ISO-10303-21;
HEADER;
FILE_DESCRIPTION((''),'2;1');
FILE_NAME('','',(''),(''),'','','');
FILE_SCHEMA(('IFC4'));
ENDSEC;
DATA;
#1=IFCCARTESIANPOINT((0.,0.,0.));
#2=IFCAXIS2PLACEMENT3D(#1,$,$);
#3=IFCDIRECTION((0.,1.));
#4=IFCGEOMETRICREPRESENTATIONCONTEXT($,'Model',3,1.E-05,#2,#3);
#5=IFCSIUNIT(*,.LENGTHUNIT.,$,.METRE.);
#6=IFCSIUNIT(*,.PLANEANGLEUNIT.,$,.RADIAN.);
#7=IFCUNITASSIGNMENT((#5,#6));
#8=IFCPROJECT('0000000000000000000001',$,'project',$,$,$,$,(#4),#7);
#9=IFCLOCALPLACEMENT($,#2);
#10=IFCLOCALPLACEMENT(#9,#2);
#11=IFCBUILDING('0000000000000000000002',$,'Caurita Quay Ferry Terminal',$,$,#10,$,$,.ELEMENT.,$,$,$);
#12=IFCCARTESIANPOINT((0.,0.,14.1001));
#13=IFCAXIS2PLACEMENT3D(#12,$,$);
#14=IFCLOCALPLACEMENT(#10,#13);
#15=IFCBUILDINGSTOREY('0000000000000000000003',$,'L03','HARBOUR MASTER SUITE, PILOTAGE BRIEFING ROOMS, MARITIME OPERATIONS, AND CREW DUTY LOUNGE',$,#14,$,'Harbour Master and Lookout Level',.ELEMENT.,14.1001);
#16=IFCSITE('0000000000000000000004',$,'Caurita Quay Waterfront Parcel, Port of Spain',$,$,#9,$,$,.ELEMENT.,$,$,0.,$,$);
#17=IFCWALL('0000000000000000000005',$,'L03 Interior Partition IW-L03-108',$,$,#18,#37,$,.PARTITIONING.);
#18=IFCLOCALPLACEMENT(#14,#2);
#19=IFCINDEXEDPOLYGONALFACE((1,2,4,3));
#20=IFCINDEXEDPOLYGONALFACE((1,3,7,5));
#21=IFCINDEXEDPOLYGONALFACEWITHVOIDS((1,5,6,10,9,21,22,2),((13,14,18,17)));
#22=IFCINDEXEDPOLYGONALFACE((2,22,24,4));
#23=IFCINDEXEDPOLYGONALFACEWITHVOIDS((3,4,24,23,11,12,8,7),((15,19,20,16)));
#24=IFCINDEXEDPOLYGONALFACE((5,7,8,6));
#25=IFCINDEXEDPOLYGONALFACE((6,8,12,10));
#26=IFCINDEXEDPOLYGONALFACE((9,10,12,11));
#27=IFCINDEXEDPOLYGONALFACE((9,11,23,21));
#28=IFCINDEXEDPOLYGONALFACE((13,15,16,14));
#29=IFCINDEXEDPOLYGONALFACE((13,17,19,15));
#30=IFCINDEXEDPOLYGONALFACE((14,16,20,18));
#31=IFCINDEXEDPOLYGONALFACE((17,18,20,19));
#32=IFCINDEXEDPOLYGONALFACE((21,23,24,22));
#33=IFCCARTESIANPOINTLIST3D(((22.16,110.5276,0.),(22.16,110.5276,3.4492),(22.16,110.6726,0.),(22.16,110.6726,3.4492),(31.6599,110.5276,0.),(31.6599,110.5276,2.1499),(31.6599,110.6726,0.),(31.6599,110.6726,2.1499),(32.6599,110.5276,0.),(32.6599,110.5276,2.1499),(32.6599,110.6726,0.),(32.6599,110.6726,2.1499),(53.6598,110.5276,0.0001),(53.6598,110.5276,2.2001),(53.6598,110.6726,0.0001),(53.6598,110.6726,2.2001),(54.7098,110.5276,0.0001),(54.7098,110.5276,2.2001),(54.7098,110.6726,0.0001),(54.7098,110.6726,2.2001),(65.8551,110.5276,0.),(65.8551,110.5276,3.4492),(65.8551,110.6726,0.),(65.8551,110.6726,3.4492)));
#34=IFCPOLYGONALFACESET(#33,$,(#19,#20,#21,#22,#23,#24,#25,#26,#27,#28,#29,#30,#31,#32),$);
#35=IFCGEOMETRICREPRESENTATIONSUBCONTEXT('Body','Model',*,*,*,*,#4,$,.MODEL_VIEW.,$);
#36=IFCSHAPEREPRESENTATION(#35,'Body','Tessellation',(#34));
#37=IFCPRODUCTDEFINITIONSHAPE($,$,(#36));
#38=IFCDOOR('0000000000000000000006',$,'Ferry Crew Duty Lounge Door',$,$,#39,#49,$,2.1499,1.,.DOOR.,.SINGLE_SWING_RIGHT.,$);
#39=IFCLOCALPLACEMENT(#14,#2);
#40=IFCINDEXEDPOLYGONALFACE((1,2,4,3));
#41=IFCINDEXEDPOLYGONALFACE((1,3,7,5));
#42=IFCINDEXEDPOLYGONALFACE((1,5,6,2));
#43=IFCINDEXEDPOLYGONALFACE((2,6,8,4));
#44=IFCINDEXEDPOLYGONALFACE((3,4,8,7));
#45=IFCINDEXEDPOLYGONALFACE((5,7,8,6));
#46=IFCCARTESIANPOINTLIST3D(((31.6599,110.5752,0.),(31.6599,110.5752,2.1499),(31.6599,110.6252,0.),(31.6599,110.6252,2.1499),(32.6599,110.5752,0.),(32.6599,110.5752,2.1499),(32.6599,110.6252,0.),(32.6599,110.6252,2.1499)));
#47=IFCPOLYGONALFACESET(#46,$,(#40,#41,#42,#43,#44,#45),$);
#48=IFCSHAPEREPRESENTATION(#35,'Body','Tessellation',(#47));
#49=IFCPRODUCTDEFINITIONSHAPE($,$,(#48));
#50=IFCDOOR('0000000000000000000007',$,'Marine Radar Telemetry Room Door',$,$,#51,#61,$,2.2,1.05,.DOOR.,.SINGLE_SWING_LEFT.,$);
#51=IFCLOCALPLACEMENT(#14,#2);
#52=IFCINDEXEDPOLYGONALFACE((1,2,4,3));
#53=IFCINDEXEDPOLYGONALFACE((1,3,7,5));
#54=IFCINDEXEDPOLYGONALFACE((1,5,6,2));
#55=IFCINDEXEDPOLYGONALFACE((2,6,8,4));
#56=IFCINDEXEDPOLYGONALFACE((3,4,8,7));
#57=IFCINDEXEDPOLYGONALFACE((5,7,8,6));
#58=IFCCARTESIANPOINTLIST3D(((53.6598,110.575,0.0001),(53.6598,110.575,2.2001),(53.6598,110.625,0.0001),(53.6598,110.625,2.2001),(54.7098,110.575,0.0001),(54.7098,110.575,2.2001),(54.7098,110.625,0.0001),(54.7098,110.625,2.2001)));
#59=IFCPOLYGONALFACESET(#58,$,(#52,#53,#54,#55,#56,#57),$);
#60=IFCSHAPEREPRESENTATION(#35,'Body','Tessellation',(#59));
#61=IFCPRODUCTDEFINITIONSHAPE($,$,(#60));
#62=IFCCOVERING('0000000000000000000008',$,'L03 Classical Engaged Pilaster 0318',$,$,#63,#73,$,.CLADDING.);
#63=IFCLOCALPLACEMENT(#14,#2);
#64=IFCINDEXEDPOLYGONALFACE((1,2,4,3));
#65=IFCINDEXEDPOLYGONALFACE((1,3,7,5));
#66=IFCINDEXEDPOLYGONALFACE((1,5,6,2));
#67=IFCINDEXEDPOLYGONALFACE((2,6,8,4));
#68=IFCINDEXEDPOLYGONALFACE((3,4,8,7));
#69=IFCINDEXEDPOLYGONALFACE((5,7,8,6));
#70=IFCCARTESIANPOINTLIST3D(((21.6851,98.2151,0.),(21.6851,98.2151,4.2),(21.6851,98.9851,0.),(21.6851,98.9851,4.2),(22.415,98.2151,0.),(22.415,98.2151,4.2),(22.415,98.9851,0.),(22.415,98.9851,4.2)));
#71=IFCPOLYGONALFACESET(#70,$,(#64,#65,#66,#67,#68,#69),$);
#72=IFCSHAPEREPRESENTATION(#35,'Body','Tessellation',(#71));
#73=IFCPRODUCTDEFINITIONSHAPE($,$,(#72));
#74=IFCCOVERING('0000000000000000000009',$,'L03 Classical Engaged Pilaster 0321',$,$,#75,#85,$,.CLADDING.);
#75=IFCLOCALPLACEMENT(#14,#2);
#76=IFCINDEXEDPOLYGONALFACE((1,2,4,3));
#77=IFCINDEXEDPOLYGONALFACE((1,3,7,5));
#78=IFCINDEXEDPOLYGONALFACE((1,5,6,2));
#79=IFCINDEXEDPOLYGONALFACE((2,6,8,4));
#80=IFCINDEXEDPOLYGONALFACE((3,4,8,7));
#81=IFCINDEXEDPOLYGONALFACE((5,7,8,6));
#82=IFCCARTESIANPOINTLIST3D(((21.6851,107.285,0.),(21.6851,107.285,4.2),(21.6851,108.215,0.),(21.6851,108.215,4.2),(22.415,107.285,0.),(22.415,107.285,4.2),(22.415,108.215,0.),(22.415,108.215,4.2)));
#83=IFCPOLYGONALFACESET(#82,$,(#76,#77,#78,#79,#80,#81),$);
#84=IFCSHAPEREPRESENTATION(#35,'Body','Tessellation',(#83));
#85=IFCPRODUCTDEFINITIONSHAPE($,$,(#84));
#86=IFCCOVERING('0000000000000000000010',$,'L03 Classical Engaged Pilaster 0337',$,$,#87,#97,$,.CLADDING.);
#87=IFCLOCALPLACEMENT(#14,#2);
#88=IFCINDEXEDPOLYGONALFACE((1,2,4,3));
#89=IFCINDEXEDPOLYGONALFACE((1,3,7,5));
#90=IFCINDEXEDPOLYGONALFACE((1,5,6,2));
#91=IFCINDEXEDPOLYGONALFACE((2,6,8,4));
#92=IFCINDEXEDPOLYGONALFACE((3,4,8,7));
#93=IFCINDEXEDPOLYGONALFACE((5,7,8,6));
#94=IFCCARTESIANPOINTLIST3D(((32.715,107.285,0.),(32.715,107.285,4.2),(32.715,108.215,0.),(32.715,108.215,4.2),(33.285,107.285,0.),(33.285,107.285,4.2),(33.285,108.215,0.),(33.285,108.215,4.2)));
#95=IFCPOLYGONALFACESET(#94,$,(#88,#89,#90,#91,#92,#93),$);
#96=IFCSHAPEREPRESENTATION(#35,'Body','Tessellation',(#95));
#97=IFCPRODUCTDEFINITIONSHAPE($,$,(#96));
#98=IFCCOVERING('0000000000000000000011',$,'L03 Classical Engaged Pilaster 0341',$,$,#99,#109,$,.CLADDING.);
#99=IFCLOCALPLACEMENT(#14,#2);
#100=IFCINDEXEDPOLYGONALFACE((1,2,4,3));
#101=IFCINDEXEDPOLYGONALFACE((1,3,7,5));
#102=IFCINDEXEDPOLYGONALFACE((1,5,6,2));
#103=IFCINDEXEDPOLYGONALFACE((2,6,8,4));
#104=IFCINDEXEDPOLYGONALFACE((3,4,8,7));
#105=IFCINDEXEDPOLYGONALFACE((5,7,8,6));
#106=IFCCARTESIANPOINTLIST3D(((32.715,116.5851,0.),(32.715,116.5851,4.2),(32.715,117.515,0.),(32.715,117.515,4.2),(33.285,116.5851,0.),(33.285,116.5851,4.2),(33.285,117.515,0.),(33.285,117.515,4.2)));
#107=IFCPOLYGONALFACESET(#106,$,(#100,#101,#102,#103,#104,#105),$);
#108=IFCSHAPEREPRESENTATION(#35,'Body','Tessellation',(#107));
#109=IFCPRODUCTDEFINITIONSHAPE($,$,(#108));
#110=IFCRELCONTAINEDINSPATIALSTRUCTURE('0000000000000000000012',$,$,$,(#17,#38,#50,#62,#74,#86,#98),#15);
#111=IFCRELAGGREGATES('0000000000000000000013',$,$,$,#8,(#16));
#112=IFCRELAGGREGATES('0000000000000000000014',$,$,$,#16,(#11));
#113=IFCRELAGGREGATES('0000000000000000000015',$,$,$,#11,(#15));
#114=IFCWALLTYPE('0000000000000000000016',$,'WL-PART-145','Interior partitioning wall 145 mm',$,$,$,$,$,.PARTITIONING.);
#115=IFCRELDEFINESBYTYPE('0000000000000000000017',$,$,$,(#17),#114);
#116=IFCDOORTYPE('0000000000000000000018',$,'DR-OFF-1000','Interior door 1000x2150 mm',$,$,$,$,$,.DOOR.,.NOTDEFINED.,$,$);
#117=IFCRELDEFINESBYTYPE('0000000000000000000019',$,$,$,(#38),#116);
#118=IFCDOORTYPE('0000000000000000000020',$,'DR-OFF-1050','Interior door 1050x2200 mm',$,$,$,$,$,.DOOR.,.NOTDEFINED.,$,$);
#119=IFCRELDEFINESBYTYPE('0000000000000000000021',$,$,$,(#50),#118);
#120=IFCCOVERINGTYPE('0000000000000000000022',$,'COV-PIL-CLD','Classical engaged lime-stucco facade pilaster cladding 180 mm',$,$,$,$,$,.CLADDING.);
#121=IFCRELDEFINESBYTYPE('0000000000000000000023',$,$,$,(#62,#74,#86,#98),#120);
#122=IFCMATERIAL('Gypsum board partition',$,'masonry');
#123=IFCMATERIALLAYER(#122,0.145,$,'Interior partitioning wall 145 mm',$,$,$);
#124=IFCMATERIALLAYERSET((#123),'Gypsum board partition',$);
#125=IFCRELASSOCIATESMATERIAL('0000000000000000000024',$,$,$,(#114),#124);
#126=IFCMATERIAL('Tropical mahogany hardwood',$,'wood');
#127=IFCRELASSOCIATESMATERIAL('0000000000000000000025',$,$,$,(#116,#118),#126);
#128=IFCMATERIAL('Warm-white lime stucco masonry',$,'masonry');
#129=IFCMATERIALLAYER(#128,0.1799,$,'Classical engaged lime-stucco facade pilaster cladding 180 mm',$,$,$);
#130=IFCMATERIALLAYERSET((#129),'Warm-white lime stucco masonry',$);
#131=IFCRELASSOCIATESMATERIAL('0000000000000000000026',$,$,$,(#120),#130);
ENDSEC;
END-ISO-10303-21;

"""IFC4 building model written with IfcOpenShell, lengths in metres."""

from ifc_helpers import new_model, si_unit, direction, frame, frame_2d, origin, origin_2d, place, context, subcontext, project, spatial, rectangle, extrude, material, layer, layer_set, type_object, element, fill, save


model = new_model("IFC4")

# Units and contexts
model_context = context("Model", 3, precision=1e-05, world=origin(), true_north=direction((0.0, 1.0)))
body_context = subcontext(model_context, "Body", "Model", "MODEL_VIEW")
ifc_project = project(units=[si_unit("LENGTHUNIT", "METRE"), si_unit("PLANEANGLEUNIT", "RADIAN")], contexts=[model_context])

# Site, building, storey
site_placement = place(None, origin())
site = spatial("IfcSite", under=ifc_project, at=site_placement, Name="Caurita Quay Waterfront Parcel, Port of Spain", CompositionType="ELEMENT", RefElevation=0.0)
building_placement = place(site_placement, origin())
building = spatial("IfcBuilding", under=site, at=building_placement, Name="Caurita Quay Ferry Terminal", CompositionType="ELEMENT")
storey_placement = place(building_placement, frame((0.0, 0.0, 14.1001)))
storey = spatial("IfcBuildingStorey", under=building, at=storey_placement, Name="L03", Description="HARBOUR MASTER SUITE, PILOTAGE BRIEFING ROOMS, MARITIME OPERATIONS, AND CREW DUTY LOUNGE", LongName="Harbour Master and Lookout Level", CompositionType="ELEMENT", Elevation=14.1001)

# Shared definitions
ifc_material_1 = material(Name="Warm-white lime stucco masonry", Category="masonry")

# Wall, openings, doors
ifc_material_2 = material(Name="Gypsum board partition", Category="masonry")
ifc_layer_1 = layer(ifc_material_2, 0.145, Name="Interior partitioning wall 145 mm")
ifc_layer_set_1 = layer_set([ifc_layer_1], Name="Gypsum board partition")
wall_type_1 = type_object("IfcWallType", Name="WL-PART-145", Description="Interior partitioning wall 145 mm", PredefinedType="PARTITIONING", material=ifc_layer_set_1)
wall_1_placement = place(storey_placement, frame((22.1599, 110.6001, 0.0), z_axis=(0.0, 0.0, 1.0), x_axis=(1.0, 0.0, 0.0)))
wall_1 = element("IfcWall", 1, at=wall_1_placement, inside=storey, type_object=wall_type_1, Name="L03 Interior Partition IW-L03-108", PredefinedType="PARTITIONING", context=body_context, shape_type="SweptSolid", body=[
    extrude(rectangle(XDim=43.6951, YDim=0.145, at=frame_2d((21.8477, 0.0))), origin(), (0.0, 0.0, 1.0), 3.4492),
])
opening_1_placement = place(wall_1_placement, frame((9.5, 0.0, 0.0)))
opening_1 = element("IfcOpeningElement", 2, at=opening_1_placement, cuts=wall_1, PredefinedType="OPENING", context=body_context, shape_type="SweptSolid", body=[
    extrude(rectangle(XDim=1.0, YDim=2.1499, at=frame_2d((0.5, 1.075))), frame((0.0, 0.0825, 0.0), z_axis=(0.0, -1.0, 0.0), x_axis=(1.0, 0.0, 0.0)), (0.0, 0.0, 1.0), 0.165),
])
opening_2_placement = place(wall_1_placement, frame((31.5, 0.0, 0.0)))
opening_2 = element("IfcOpeningElement", 3, at=opening_2_placement, cuts=wall_1, PredefinedType="OPENING", context=body_context, shape_type="SweptSolid", body=[
    extrude(rectangle(XDim=1.05, YDim=2.2, at=frame_2d((0.5249, 1.1001))), frame((0.0, 0.0825, 0.0), z_axis=(0.0, -1.0, 0.0), x_axis=(1.0, 0.0, 0.0)), (0.0, 0.0, 1.0), 0.165),
])
ifc_material_3 = material(Name="Tropical mahogany hardwood", Category="wood")
door_type_1 = type_object("IfcDoorType", Name="DR-OFF-1000", Description="Interior door 1000x2150 mm", OperationType="NOTDEFINED", PredefinedType="DOOR", material=ifc_material_3)
door_1_placement = place(opening_1_placement, frame((1.0, 0.0, 0.0), z_axis=(0.0, 0.0, 1.0), x_axis=(-1.0, 0.0, 0.0)))
door_1 = element("IfcDoor", 4, at=door_1_placement, inside=storey, type_object=door_type_1, Name="Ferry Crew Duty Lounge Door", OperationType="SINGLE_SWING_RIGHT", OverallHeight=2.1499, OverallWidth=1.0, PredefinedType="DOOR", context=body_context, shape_type="SweptSolid", body=[
    extrude(rectangle(XDim=1.0, YDim=2.1499, at=frame_2d((0.5, 1.075))), frame((0.0, 0.0249, 0.0), z_axis=(0.0, -1.0, 0.0), x_axis=(1.0, 0.0, 0.0)), (0.0, 0.0, 1.0), 0.05),
])
fill(opening_1, door_1)
door_type_2 = type_object("IfcDoorType", Name="DR-OFF-1050", Description="Interior door 1050x2200 mm", OperationType="NOTDEFINED", PredefinedType="DOOR", material=ifc_material_3)
door_2_placement = place(opening_2_placement, origin())
door_2 = element("IfcDoor", 5, at=door_2_placement, inside=storey, type_object=door_type_2, Name="Marine Radar Telemetry Room Door", OperationType="SINGLE_SWING_LEFT", OverallHeight=2.2, OverallWidth=1.05, PredefinedType="DOOR", context=body_context, shape_type="SweptSolid", body=[
    extrude(rectangle(XDim=1.05, YDim=2.2, at=frame_2d((0.5249, 1.1001))), frame((0.0, 0.0249, 0.0), z_axis=(0.0, -1.0, 0.0), x_axis=(1.0, 0.0, 0.0)), (0.0, 0.0, 1.0), 0.05),
])
fill(opening_2, door_2)

# Coverings
ifc_layer_2 = layer(ifc_material_1, 0.1799, Name="Classical engaged lime-stucco facade pilaster cladding 180 mm")
ifc_layer_set_2 = layer_set([ifc_layer_2], Name="Warm-white lime stucco masonry")
covering_type = type_object("IfcCoveringType", Name="COV-PIL-CLD", Description="Classical engaged lime-stucco facade pilaster cladding 180 mm", PredefinedType="CLADDING", material=ifc_layer_set_2)
covering_1_placement = place(storey_placement, frame((22.05, 98.6001, 0.0), z_axis=(0.0, 0.0, 1.0), x_axis=(1.0, 0.0, 0.0)))
element("IfcCovering", 6, at=covering_1_placement, inside=storey, type_object=covering_type, Name="L03 Classical Engaged Pilaster 0318", PredefinedType="CLADDING", context=body_context, shape_type="SweptSolid", body=[
    extrude(rectangle(XDim=0.73, YDim=0.77, at=origin_2d()), origin(), (0.0, 0.0, 1.0), 4.2),
])
covering_2_placement = place(storey_placement, frame((22.05, 107.75, 0.0), z_axis=(0.0, 0.0, 1.0), x_axis=(1.0, 0.0, 0.0)))
element("IfcCovering", 7, at=covering_2_placement, inside=storey, type_object=covering_type, Name="L03 Classical Engaged Pilaster 0321", PredefinedType="CLADDING", context=body_context, shape_type="SweptSolid", body=[
    extrude(rectangle(XDim=0.73, YDim=0.9299, at=origin_2d()), origin(), (0.0, 0.0, 1.0), 4.2),
])
for number, where, z_axis, x_axis, name in (
    (8, (33.0, 107.75, 0.0), (0.0, 0.0, 1.0), (1.0, 0.0, 0.0), "L03 Classical Engaged Pilaster 0337"),
    (9, (33.0, 117.05, 0.0), (0.0, 0.0, 1.0), (1.0, 0.0, 0.0), "L03 Classical Engaged Pilaster 0341"),
):
    element("IfcCovering", number, at=place(storey_placement, frame(where, z_axis=z_axis, x_axis=x_axis)), inside=storey, type_object=covering_type, Name=name, PredefinedType="CLADDING", context=body_context, shape_type="SweptSolid", body=[
        extrude(rectangle(XDim=0.5701, YDim=0.9299, at=origin_2d()), origin(), (0.0, 0.0, 1.0), 4.2),
    ])

save(model, "model.ifc")
